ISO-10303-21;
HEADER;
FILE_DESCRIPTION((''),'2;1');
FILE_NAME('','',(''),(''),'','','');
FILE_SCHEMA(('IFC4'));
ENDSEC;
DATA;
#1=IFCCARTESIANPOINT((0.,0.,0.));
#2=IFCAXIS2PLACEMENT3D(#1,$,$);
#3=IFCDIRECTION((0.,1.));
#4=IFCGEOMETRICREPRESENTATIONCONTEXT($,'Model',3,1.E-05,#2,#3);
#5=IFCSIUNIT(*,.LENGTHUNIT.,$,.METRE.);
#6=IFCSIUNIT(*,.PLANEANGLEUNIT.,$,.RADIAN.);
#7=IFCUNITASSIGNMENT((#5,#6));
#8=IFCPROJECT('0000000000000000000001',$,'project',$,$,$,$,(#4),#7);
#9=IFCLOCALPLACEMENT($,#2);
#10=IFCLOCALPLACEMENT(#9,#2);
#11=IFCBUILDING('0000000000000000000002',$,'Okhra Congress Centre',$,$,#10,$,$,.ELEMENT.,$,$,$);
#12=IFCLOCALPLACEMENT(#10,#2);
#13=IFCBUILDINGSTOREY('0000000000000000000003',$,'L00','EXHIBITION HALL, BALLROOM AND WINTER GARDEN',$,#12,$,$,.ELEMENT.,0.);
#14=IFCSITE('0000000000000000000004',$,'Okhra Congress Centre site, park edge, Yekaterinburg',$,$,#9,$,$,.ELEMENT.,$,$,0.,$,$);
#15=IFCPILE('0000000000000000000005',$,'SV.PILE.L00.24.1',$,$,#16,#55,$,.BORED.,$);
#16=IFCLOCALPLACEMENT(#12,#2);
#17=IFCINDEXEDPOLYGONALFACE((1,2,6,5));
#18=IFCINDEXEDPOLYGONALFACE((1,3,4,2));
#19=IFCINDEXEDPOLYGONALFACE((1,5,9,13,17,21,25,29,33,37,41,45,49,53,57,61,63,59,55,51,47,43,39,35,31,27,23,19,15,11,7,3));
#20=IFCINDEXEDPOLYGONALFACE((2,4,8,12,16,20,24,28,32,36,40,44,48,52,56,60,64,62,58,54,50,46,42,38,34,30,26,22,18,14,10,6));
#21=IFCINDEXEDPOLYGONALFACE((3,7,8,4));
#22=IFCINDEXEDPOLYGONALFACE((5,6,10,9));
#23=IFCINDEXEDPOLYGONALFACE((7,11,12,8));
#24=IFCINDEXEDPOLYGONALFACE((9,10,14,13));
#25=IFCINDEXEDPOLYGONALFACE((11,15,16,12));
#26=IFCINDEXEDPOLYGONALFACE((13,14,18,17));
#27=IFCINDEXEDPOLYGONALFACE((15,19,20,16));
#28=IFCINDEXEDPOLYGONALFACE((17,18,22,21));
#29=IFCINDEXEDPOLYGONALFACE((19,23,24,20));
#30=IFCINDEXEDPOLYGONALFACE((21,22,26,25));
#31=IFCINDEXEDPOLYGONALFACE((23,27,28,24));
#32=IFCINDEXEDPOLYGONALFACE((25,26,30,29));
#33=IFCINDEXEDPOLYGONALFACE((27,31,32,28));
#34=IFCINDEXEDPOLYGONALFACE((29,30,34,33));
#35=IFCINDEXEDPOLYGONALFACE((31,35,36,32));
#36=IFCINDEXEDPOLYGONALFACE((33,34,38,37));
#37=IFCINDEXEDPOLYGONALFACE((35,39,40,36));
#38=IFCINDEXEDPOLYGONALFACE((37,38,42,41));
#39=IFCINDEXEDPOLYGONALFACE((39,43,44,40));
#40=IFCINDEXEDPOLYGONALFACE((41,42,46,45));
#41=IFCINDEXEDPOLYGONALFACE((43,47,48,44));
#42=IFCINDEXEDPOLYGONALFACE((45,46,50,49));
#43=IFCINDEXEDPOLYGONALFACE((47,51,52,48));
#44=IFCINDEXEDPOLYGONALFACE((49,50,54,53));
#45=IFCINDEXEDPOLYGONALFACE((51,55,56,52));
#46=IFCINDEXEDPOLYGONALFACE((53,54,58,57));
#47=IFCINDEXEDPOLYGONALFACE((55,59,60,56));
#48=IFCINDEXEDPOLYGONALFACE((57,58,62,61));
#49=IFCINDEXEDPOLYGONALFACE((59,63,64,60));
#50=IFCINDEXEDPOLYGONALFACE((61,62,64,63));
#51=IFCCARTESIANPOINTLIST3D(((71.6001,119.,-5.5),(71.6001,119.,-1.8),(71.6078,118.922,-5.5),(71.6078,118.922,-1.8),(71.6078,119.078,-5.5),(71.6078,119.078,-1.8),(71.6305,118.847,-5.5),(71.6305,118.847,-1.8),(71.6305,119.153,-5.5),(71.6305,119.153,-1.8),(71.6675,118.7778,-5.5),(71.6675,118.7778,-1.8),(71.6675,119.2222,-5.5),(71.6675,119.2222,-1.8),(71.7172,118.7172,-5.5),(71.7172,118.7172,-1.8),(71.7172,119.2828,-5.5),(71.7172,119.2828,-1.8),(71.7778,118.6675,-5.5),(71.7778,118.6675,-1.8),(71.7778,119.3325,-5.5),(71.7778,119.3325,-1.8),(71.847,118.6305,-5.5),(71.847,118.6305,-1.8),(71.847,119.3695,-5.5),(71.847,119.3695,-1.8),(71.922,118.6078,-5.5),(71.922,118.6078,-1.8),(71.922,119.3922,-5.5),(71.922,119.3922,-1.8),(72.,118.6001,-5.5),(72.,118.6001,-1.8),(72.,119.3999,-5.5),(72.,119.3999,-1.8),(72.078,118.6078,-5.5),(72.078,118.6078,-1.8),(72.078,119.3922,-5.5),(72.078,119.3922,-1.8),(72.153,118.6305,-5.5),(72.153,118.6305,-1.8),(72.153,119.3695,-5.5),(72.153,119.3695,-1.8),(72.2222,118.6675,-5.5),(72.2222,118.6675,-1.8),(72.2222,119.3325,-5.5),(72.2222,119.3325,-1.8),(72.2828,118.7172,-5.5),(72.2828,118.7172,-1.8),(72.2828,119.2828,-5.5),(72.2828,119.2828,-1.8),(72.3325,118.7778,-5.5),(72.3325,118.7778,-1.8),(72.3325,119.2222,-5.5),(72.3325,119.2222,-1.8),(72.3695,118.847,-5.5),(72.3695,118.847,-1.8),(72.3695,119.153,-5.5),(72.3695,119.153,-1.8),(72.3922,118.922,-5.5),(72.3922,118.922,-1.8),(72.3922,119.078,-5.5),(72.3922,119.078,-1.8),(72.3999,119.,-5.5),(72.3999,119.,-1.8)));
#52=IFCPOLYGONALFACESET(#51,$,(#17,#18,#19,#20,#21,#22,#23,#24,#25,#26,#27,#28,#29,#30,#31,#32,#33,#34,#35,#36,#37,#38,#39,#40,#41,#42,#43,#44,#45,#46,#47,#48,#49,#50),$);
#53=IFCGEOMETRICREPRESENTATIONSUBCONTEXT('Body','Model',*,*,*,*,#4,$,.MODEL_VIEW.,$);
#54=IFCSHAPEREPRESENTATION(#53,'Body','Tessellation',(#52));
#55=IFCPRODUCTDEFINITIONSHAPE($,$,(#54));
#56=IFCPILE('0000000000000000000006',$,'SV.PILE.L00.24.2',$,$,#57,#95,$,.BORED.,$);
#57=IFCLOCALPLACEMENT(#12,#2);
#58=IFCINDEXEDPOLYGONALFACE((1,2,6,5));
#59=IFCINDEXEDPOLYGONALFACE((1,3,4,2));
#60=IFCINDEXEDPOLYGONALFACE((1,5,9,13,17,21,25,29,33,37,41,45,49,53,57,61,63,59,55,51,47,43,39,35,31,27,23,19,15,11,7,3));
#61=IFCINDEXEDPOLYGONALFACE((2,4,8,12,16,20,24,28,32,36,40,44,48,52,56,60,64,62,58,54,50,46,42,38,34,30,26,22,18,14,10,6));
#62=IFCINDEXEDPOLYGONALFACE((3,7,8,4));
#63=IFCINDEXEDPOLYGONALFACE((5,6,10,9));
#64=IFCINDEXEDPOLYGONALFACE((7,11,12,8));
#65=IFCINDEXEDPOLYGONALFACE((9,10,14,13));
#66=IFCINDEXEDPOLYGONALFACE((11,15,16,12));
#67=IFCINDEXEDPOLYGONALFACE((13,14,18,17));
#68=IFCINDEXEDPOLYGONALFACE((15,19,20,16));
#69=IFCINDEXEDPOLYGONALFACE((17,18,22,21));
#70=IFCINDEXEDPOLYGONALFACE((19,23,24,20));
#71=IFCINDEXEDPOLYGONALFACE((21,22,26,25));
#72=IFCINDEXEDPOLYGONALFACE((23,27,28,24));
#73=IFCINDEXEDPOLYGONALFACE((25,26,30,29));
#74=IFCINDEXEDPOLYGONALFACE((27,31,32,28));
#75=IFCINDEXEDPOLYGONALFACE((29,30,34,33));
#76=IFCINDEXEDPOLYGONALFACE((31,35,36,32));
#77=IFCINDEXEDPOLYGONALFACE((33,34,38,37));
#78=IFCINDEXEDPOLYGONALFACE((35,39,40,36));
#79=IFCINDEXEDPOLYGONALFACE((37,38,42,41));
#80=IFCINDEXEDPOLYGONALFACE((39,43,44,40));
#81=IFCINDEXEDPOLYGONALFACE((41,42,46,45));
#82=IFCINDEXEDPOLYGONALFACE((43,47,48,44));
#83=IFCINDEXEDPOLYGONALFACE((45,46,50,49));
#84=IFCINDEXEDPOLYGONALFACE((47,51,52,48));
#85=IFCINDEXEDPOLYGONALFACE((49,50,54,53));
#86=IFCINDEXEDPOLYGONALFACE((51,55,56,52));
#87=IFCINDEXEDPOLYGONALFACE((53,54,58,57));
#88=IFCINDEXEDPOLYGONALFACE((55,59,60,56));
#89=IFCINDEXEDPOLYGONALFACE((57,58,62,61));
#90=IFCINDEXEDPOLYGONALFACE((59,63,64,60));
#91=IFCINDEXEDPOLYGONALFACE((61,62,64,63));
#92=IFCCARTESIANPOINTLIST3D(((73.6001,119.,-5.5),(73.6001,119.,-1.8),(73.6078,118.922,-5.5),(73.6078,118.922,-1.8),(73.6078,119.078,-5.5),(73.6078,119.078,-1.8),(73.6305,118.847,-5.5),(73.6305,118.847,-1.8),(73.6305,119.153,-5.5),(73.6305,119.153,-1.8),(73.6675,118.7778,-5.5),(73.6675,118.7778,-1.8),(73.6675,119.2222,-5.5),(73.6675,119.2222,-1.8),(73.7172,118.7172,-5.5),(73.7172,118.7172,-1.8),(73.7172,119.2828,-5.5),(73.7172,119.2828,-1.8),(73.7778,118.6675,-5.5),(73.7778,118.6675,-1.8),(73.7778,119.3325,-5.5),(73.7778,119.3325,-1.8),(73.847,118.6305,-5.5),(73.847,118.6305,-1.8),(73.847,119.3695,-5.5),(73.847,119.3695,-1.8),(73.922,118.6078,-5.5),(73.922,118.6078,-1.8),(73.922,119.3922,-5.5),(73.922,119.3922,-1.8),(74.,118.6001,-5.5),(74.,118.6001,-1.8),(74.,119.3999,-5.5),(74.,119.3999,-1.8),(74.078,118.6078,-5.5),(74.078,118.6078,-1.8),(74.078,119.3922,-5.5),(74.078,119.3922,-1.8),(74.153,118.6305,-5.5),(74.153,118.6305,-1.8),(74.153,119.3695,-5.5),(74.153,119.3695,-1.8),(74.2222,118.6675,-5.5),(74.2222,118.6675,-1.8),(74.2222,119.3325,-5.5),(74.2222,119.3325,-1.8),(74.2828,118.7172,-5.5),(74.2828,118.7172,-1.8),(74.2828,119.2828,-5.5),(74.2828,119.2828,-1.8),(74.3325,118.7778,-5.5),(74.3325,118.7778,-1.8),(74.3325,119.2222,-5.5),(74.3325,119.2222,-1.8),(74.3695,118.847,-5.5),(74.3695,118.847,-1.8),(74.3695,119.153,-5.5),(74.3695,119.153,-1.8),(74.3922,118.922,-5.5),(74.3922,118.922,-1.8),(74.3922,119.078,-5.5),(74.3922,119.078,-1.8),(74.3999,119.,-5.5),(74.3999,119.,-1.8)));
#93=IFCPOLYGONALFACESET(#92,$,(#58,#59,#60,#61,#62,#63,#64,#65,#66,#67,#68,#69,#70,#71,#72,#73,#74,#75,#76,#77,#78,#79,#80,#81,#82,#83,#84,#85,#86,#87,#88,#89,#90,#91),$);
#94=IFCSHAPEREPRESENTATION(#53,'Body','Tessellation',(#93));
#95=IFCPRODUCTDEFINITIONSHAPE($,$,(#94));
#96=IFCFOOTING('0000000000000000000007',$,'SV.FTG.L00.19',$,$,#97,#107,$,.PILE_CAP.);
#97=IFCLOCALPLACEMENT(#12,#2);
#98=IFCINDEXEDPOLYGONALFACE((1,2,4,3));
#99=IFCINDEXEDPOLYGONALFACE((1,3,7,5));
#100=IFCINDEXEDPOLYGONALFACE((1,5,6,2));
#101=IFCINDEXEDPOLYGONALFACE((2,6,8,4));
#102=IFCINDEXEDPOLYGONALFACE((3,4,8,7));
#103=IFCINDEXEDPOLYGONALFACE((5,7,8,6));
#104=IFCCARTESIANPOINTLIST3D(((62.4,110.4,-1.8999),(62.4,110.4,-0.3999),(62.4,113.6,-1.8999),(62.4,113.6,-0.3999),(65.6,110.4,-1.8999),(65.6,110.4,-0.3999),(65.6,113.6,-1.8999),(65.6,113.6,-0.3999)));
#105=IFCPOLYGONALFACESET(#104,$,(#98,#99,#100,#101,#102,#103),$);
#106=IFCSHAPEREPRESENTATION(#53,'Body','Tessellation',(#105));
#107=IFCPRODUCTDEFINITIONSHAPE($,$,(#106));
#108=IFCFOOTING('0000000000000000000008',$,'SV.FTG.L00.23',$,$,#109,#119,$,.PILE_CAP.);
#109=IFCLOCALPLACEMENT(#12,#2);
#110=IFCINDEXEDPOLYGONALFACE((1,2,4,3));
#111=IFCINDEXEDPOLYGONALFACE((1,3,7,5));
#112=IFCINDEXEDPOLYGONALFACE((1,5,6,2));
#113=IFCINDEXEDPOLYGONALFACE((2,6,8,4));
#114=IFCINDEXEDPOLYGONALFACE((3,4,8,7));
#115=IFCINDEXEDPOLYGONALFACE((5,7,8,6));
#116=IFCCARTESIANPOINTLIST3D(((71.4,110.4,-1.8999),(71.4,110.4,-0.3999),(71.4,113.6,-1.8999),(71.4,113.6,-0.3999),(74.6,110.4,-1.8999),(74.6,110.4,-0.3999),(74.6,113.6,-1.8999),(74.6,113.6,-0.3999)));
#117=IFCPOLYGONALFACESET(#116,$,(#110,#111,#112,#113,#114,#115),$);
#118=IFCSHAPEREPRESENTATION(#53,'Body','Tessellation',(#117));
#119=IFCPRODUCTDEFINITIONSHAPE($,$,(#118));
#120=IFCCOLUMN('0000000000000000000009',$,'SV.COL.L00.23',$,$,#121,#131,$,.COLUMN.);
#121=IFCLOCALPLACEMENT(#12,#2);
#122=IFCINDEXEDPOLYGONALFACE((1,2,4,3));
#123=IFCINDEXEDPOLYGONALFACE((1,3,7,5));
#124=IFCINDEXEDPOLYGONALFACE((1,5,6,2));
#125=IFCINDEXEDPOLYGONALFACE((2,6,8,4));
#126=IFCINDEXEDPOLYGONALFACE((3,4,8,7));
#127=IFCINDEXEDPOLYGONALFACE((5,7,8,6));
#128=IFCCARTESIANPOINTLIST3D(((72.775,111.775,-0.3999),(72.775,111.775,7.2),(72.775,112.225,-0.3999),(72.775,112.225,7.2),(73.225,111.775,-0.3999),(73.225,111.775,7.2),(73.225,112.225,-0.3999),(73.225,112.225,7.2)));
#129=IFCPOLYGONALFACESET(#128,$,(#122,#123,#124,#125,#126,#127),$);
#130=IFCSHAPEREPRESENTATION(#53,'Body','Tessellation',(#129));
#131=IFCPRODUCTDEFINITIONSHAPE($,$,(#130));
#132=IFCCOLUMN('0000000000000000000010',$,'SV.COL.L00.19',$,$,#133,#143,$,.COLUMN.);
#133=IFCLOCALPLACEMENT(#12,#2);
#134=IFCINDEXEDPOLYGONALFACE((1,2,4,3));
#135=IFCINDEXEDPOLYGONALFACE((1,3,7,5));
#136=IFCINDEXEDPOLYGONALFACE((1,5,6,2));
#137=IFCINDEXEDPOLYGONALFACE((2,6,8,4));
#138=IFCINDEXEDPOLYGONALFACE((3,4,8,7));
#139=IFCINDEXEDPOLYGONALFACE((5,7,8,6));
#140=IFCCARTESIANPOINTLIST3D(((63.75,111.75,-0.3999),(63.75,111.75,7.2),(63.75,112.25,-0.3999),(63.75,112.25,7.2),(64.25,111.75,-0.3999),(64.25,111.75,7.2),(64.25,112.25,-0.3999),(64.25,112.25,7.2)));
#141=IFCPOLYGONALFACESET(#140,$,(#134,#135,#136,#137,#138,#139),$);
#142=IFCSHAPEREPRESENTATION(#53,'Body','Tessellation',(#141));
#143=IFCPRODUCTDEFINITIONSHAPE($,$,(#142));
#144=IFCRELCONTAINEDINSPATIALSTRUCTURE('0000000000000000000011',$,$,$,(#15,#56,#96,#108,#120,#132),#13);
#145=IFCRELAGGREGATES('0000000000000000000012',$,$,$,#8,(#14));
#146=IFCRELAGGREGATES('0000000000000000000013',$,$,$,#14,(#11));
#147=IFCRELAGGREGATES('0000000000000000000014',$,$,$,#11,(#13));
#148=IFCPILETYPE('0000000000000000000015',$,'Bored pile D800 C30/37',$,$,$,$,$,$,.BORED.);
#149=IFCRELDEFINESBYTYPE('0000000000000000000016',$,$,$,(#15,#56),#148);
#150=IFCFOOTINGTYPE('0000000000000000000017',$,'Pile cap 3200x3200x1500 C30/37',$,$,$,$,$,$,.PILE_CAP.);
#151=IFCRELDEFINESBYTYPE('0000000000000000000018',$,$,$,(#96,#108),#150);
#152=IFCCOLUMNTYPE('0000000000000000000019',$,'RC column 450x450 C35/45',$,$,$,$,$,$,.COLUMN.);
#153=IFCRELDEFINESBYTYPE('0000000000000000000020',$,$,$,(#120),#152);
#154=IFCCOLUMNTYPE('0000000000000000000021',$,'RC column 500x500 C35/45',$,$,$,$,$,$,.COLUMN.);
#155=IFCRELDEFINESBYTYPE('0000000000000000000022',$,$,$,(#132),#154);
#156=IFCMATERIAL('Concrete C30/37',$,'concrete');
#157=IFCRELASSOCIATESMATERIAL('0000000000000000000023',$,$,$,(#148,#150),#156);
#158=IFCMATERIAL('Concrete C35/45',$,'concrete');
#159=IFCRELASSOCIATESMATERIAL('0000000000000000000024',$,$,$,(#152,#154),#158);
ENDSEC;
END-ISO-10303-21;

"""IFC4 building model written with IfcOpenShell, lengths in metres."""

from ifc_helpers import new_model, si_unit, direction, frame, origin, origin_2d, place, context, subcontext, project, spatial, rectangle, circle, extrude, material, material_profile, profile_set, type_object, element, save


model = new_model("IFC4")

# Units and contexts
model_context = context("Model", 3, precision=1e-05, world=origin(), true_north=direction((0.0, 1.0)))
body_context = subcontext(model_context, "Body", "Model", "MODEL_VIEW")
ifc_project = project(units=[si_unit("LENGTHUNIT", "METRE"), si_unit("PLANEANGLEUNIT", "RADIAN")], contexts=[model_context])

# Site, building, storey
site_placement = place(None, origin())
site = spatial("IfcSite", under=ifc_project, at=site_placement, Name="Okhra Congress Centre site, park edge, Yekaterinburg", CompositionType="ELEMENT", RefElevation=0.0)
building_placement = place(site_placement, origin())
building = spatial("IfcBuilding", under=site, at=building_placement, Name="Okhra Congress Centre", CompositionType="ELEMENT")
storey_placement = place(building_placement, origin())
storey = spatial("IfcBuildingStorey", under=building, at=storey_placement, Name="L00", Description="EXHIBITION HALL, BALLROOM AND WINTER GARDEN", CompositionType="ELEMENT", Elevation=0.0)

# Piles
ifc_material_1 = material(Name="Concrete C30/37", Category="concrete")
ifc_material_profile_1 = material_profile(ifc_material_1, circle(Radius=0.3999, at=origin_2d()), Name="D800")
ifc_profile_set_1 = profile_set([ifc_material_profile_1], Name="Concrete C30/37")
pile_type = type_object("IfcPileType", Name="Bored pile D800 C30/37", PredefinedType="BORED", material=ifc_profile_set_1)
for number, where, z_axis, x_axis, name in (
    (1, (72.0, 119.0, -1.8), (0.0, 0.0, -1.0), (1.0, 0.0, 0.0), "SV.PILE.L00.24.1"),
    (2, (74.0, 119.0, -1.8), (0.0, 0.0, -1.0), (1.0, 0.0, 0.0), "SV.PILE.L00.24.2"),
):
    element("IfcPile", number, at=place(storey_placement, frame(where, z_axis=z_axis, x_axis=x_axis)), inside=storey, type_object=pile_type, Name=name, PredefinedType="BORED", context=body_context, shape_type="SweptSolid", body=[
        extrude(circle(Radius=0.3999, at=origin_2d()), origin(), (0.0, 0.0, 1.0), 3.7),
    ])

# Footings
footing_type = type_object("IfcFootingType", Name="Pile cap 3200x3200x1500 C30/37", PredefinedType="PILE_CAP", material=ifc_material_1)
for number, where, z_axis, x_axis, name in (
    (3, (64.0, 112.0, -1.8999), (0.0, 0.0, 1.0), (1.0, 0.0, 0.0), "SV.FTG.L00.19"),
    (4, (73.0, 112.0, -1.8999), (0.0, 0.0, 1.0), (1.0, 0.0, 0.0), "SV.FTG.L00.23"),
):
    element("IfcFooting", number, at=place(storey_placement, frame(where, z_axis=z_axis, x_axis=x_axis)), inside=storey, type_object=footing_type, Name=name, PredefinedType="PILE_CAP", context=body_context, shape_type="SweptSolid", body=[
        extrude(rectangle(XDim=3.2, YDim=3.2, at=origin_2d()), origin(), (0.0, 0.0, 1.0), 1.5),
    ])

# Columns
ifc_material_2 = material(Name="Concrete C35/45", Category="concrete")
ifc_material_profile_2 = material_profile(ifc_material_2, rectangle(XDim=0.45, YDim=0.45, at=origin_2d()), Name="RC 450x450")
ifc_profile_set_2 = profile_set([ifc_material_profile_2], Name="Concrete C35/45")
column_type_1 = type_object("IfcColumnType", Name="RC column 450x450 C35/45", PredefinedType="COLUMN", material=ifc_profile_set_2)
column_1_placement = place(storey_placement, frame((73.0, 112.0, -0.3999), z_axis=(0.0, 0.0, 1.0), x_axis=(1.0, 0.0, 0.0)))
element("IfcColumn", 5, at=column_1_placement, inside=storey, type_object=column_type_1, Name="SV.COL.L00.23", PredefinedType="COLUMN", context=body_context, shape_type="SweptSolid", body=[
    extrude(rectangle(XDim=0.45, YDim=0.45, at=origin_2d()), origin(), (0.0, 0.0, 1.0), 7.5999),
])
ifc_material_profile_3 = material_profile(ifc_material_2, rectangle(XDim=0.5, YDim=0.5, at=origin_2d()), Name="RC 500x500")
ifc_profile_set_3 = profile_set([ifc_material_profile_3], Name="Concrete C35/45")
column_type_2 = type_object("IfcColumnType", Name="RC column 500x500 C35/45", PredefinedType="COLUMN", material=ifc_profile_set_3)
column_2_placement = place(storey_placement, frame((64.0, 112.0, -0.3999), z_axis=(0.0, 0.0, 1.0), x_axis=(1.0, 0.0, 0.0)))
element("IfcColumn", 6, at=column_2_placement, inside=storey, type_object=column_type_2, Name="SV.COL.L00.19", PredefinedType="COLUMN", context=body_context, shape_type="SweptSolid", body=[
    extrude(rectangle(XDim=0.5, YDim=0.5, at=origin_2d()), origin(), (0.0, 0.0, 1.0), 7.5999),
])

save(model, "model.ifc")
